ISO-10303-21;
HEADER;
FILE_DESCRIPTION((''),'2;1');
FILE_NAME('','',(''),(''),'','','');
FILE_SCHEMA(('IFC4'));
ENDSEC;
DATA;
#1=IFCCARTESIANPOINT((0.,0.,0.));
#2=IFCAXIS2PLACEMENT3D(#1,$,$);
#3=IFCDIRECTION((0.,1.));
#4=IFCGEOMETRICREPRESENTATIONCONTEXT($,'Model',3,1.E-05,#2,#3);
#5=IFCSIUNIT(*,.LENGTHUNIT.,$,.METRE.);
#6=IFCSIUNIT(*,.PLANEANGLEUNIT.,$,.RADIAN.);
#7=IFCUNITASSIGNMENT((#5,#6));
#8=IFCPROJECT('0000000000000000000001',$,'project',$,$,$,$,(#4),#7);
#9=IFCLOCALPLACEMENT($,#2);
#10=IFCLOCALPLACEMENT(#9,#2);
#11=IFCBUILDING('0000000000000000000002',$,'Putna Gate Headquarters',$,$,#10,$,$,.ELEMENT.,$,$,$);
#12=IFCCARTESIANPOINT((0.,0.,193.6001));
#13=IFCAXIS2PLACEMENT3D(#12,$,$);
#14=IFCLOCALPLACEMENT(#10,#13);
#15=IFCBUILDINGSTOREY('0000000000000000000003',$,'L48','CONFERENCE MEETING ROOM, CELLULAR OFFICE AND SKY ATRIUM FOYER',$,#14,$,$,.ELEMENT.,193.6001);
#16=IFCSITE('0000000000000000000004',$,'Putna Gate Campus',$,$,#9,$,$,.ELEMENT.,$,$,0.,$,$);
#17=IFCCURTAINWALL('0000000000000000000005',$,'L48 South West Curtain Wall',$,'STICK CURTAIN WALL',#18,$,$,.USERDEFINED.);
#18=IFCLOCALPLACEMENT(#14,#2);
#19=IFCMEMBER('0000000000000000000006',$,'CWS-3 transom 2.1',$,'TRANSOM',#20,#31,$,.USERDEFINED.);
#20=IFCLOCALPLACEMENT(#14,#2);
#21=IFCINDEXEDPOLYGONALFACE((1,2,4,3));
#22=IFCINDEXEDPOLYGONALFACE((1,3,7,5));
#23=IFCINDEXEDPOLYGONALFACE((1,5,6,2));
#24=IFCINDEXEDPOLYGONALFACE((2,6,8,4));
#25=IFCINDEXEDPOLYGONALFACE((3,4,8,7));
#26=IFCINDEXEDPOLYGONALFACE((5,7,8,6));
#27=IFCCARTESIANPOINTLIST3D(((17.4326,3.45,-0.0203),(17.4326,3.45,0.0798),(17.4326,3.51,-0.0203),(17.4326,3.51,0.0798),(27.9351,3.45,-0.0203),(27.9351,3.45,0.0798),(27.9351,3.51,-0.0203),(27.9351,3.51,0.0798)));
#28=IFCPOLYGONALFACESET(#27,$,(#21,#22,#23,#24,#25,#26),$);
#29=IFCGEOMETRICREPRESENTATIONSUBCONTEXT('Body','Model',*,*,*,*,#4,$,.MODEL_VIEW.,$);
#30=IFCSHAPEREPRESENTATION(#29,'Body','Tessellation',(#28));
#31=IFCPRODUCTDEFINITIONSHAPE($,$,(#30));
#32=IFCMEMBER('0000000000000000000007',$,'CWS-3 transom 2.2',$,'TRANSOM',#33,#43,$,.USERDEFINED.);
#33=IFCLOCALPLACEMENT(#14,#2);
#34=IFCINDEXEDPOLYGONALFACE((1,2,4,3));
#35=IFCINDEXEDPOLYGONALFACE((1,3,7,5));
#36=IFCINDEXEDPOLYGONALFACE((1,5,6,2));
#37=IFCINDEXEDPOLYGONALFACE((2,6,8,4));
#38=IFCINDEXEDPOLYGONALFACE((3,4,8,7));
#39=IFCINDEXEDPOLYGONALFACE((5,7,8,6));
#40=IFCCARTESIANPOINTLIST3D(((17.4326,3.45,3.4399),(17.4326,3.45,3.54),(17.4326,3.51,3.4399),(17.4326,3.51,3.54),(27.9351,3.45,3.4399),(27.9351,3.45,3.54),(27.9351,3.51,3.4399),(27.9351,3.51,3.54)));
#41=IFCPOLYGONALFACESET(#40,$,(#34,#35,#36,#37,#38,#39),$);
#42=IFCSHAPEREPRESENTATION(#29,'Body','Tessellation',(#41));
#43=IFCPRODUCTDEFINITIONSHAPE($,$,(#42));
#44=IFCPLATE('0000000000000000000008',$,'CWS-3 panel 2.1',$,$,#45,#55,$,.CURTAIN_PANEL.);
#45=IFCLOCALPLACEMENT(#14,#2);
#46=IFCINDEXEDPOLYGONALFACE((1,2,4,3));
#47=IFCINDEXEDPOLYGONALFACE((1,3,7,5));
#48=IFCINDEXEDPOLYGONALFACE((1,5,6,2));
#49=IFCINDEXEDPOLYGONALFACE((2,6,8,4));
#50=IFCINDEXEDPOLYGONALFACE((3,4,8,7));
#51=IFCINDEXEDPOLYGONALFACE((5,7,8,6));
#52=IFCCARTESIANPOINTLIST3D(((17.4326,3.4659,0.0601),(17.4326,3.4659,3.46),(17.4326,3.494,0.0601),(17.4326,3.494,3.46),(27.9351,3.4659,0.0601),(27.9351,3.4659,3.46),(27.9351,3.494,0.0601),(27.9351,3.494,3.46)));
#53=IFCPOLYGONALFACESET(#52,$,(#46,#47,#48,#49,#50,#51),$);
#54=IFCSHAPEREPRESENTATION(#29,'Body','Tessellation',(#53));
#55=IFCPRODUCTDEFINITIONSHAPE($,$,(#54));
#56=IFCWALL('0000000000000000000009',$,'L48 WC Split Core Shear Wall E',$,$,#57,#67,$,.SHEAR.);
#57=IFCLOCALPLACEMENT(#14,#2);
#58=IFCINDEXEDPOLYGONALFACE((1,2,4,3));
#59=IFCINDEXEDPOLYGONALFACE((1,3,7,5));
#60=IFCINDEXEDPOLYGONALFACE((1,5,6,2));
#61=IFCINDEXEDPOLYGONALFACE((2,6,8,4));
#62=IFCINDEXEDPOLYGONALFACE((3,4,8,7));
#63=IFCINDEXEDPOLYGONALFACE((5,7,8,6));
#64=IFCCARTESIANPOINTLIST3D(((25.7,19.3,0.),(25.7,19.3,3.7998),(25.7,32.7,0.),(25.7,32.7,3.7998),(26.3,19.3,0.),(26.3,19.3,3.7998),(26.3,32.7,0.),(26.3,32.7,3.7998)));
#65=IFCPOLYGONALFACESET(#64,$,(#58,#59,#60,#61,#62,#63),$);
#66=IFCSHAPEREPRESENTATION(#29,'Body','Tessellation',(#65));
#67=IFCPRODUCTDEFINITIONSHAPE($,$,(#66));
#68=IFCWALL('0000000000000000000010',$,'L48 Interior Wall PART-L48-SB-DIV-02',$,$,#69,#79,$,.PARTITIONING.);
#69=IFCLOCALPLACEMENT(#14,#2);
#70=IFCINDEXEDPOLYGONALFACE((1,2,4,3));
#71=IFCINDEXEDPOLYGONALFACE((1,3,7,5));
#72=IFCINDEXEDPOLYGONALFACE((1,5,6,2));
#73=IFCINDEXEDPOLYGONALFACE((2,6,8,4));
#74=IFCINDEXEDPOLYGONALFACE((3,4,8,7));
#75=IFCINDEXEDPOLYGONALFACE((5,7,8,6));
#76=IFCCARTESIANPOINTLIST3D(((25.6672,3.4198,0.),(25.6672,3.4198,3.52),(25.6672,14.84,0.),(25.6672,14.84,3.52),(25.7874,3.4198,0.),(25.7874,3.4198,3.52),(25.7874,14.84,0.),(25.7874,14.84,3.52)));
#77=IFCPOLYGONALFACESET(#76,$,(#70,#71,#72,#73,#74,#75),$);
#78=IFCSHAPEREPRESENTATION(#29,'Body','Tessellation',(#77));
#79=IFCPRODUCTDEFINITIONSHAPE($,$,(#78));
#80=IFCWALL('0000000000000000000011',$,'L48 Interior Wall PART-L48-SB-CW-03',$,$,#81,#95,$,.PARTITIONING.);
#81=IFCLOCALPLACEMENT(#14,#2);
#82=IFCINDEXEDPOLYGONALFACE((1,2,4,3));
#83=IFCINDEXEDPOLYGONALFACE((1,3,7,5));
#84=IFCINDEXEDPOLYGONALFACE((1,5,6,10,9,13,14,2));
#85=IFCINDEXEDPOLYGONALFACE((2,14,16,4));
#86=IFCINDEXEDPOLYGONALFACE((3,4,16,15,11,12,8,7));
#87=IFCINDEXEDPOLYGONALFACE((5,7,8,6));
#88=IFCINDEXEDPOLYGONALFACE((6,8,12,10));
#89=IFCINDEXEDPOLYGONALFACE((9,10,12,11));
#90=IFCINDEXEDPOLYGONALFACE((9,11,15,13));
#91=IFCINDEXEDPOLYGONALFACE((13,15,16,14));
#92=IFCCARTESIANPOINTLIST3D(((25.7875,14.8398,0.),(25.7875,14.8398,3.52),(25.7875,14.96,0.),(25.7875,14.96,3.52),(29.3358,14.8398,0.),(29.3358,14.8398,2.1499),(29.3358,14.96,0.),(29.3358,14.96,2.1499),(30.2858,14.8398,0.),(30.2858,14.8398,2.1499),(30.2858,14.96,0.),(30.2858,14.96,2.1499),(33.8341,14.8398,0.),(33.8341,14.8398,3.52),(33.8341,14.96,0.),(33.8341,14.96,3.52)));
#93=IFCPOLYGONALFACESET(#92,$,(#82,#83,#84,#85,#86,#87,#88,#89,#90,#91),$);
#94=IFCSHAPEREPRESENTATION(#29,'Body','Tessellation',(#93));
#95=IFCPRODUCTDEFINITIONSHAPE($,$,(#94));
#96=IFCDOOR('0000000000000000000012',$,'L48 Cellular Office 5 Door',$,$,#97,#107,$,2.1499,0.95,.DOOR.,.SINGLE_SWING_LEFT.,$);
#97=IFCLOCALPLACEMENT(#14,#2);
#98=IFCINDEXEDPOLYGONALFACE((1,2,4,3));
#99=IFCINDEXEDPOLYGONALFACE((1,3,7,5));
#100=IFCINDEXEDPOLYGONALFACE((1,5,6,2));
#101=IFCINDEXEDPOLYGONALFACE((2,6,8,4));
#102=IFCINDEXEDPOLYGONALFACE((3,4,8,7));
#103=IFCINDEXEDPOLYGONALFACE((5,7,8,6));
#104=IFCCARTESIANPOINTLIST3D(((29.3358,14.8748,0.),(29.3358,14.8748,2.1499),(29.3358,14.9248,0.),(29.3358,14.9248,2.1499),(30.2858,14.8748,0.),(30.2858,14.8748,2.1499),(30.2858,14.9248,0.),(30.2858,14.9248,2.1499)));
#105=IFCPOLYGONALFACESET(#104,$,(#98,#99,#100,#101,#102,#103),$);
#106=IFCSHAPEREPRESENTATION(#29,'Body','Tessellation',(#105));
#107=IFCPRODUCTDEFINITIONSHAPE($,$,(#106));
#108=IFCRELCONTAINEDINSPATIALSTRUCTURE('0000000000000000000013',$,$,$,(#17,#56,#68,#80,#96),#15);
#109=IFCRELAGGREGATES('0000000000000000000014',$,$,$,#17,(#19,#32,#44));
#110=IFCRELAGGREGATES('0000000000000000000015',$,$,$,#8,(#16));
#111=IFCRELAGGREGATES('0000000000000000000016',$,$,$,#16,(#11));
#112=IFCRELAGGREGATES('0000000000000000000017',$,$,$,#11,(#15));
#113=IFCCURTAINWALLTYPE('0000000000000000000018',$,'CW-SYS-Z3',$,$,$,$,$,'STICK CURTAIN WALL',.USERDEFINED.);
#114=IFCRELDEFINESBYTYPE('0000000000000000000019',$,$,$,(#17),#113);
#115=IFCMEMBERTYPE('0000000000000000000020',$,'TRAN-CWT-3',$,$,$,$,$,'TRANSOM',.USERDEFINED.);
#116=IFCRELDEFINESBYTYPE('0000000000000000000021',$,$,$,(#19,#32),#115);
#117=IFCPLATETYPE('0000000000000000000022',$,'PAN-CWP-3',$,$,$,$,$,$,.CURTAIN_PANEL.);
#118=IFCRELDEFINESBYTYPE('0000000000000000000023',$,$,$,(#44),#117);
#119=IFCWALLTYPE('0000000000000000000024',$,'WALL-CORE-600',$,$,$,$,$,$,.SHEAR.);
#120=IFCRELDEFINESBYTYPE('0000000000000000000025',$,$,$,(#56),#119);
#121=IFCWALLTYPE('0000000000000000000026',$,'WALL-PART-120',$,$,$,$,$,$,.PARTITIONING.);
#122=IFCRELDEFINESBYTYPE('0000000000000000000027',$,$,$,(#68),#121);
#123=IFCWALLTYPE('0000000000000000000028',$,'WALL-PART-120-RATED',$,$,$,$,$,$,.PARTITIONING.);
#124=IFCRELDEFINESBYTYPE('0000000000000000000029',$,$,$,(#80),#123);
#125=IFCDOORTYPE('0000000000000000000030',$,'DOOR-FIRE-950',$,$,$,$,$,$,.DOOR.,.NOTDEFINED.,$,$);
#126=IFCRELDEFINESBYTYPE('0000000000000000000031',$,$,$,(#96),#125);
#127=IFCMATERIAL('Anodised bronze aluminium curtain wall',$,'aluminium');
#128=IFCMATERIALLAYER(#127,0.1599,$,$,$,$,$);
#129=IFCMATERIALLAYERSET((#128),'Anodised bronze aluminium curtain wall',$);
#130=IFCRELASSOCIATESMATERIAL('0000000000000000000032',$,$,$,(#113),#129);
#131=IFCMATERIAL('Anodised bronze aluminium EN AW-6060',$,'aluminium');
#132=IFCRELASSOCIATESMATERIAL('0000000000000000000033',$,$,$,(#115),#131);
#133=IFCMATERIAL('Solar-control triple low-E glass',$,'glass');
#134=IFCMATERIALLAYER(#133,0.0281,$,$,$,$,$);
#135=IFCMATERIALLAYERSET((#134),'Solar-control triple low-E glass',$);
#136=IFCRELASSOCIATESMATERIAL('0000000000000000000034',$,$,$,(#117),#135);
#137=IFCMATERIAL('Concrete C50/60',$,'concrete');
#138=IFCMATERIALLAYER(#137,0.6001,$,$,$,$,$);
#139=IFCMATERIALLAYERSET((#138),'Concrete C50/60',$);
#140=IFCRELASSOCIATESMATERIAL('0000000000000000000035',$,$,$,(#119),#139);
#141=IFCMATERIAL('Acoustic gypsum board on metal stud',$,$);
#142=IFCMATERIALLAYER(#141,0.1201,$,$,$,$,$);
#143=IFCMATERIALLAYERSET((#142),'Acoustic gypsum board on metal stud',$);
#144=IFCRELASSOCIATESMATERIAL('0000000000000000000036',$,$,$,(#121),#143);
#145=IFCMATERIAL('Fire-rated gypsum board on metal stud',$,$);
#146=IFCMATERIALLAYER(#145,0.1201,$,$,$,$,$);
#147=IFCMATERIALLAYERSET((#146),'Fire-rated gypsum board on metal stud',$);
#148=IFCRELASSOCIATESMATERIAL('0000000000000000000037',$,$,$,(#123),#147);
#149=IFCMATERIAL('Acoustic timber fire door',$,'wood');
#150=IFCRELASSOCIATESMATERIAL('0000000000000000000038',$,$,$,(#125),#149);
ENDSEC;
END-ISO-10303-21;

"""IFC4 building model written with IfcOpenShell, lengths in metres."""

from ifc_helpers import new_model, si_unit, direction, frame, frame_2d, origin, origin_2d, place, context, subcontext, project, spatial, rectangle, extrude, material, layer, layer_set, material_profile, profile_set, type_object, element, fill, aggregate, save


model = new_model("IFC4")

# Units and contexts
model_context = context("Model", 3, precision=1e-05, world=origin(), true_north=direction((0.0, 1.0)))
body_context = subcontext(model_context, "Body", "Model", "MODEL_VIEW")
ifc_project = project(units=[si_unit("LENGTHUNIT", "METRE"), si_unit("PLANEANGLEUNIT", "RADIAN")], contexts=[model_context])

# Site, building, storey
site_placement = place(None, origin())
site = spatial("IfcSite", under=ifc_project, at=site_placement, Name="Putna Gate Campus", CompositionType="ELEMENT", RefElevation=0.0)
building_placement = place(site_placement, origin())
building = spatial("IfcBuilding", under=site, at=building_placement, Name="Putna Gate Headquarters", CompositionType="ELEMENT")
storey_placement = place(building_placement, frame((0.0, 0.0, 193.6001)))
storey = spatial("IfcBuildingStorey", under=building, at=storey_placement, Name="L48", Description="CONFERENCE MEETING ROOM, CELLULAR OFFICE AND SKY ATRIUM FOYER", CompositionType="ELEMENT", Elevation=193.6001)

# Shared definitions
ifc_material_1 = material(Name="Concrete C50/60", Category="concrete")

# Curtain wall, members, plate
ifc_material_2 = material(Name="Anodised bronze aluminium curtain wall", Category="aluminium")
ifc_layer_1 = layer(ifc_material_2, 0.1599)
ifc_layer_set_1 = layer_set([ifc_layer_1], Name="Anodised bronze aluminium curtain wall")
curtain_wall_type = type_object("IfcCurtainWallType", Name="CW-SYS-Z3", ElementType="STICK CURTAIN WALL", PredefinedType="USERDEFINED", material=ifc_layer_set_1)
curtain_wall_placement = place(storey_placement, origin())
curtain_wall = element("IfcCurtainWall", 1, at=curtain_wall_placement, inside=storey, type_object=curtain_wall_type, Name="L48 South West Curtain Wall", ObjectType="STICK CURTAIN WALL", PredefinedType="USERDEFINED")
ifc_material_3 = material(Name="Anodised bronze aluminium EN AW-6060", Category="aluminium")
ifc_material_profile_1 = material_profile(ifc_material_3, rectangle(XDim=0.0601, YDim=0.1001, at=origin_2d()), Name="Anodised bronze aluminium EN AW-6060")
ifc_profile_set_1 = profile_set([ifc_material_profile_1], Name="Anodised bronze aluminium EN AW-6060")
member_type_1 = type_object("IfcMemberType", Name="TRAN-CWT-3", ElementType="TRANSOM", PredefinedType="USERDEFINED", material=ifc_profile_set_1)
member_1_placement = place(storey_placement, frame((17.4326, 3.48, 0.0298), z_axis=(1.0, 0.0, 0.0), x_axis=(0.0, 1.0, 0.0)))
member_1 = element("IfcMember", 2, at=member_1_placement, type_object=member_type_1, Name="CWS-3 transom 2.1", ObjectType="TRANSOM", PredefinedType="USERDEFINED", context=body_context, shape_type="SweptSolid", body=[
    extrude(rectangle(XDim=0.0601, YDim=0.1001, at=origin_2d()), origin(), (0.0, 0.0, 1.0), 10.5024),
])
member_2_placement = place(storey_placement, frame((17.4326, 3.48, 3.49), z_axis=(1.0, 0.0, 0.0), x_axis=(0.0, 1.0, 0.0)))
member_2 = element("IfcMember", 3, at=member_2_placement, type_object=member_type_1, Name="CWS-3 transom 2.2", ObjectType="TRANSOM", PredefinedType="USERDEFINED", context=body_context, shape_type="SweptSolid", body=[
    extrude(rectangle(XDim=0.0601, YDim=0.1001, at=origin_2d()), origin(), (0.0, 0.0, 1.0), 10.5024),
])
ifc_material_4 = material(Name="Solar-control triple low-E glass", Category="glass")
ifc_layer_2 = layer(ifc_material_4, 0.0281)
ifc_layer_set_2 = layer_set([ifc_layer_2], Name="Solar-control triple low-E glass")
plate_type = type_object("IfcPlateType", Name="PAN-CWP-3", PredefinedType="CURTAIN_PANEL", material=ifc_layer_set_2)
plate_placement = place(storey_placement, frame((22.6838, 3.48, 0.0601), z_axis=(0.0, 0.0, 1.0), x_axis=(1.0, 0.0, 0.0)))
plate = element("IfcPlate", 4, at=plate_placement, type_object=plate_type, Name="CWS-3 panel 2.1", PredefinedType="CURTAIN_PANEL", context=body_context, shape_type="SweptSolid", body=[
    extrude(rectangle(XDim=10.5024, YDim=0.0281, at=origin_2d()), origin(), (0.0, 0.0, 1.0), 3.3999),
])
aggregate(curtain_wall, [member_1, member_2, plate])

# Walls
ifc_layer_3 = layer(ifc_material_1, 0.6001)
ifc_layer_set_3 = layer_set([ifc_layer_3], Name="Concrete C50/60")
wall_type_1 = type_object("IfcWallType", Name="WALL-CORE-600", PredefinedType="SHEAR", material=ifc_layer_set_3)
wall_1_placement = place(storey_placement, frame((26.0, 19.3, 0.0), z_axis=(0.0, 0.0, 1.0), x_axis=(0.0, 1.0, 0.0)))
element("IfcWall", 5, at=wall_1_placement, inside=storey, type_object=wall_type_1, Name="L48 WC Split Core Shear Wall E", PredefinedType="SHEAR", context=body_context, shape_type="SweptSolid", body=[
    extrude(rectangle(XDim=13.3999, YDim=0.6001, at=frame_2d((6.7, 0.0))), origin(), (0.0, 0.0, 1.0), 3.7998),
])
ifc_material_5 = material(Name="Acoustic gypsum board on metal stud")
ifc_layer_4 = layer(ifc_material_5, 0.1201)
ifc_layer_set_4 = layer_set([ifc_layer_4], Name="Acoustic gypsum board on metal stud")
wall_type_2 = type_object("IfcWallType", Name="WALL-PART-120", PredefinedType="PARTITIONING", material=ifc_layer_set_4)
wall_2_placement = place(storey_placement, frame((25.7273, 3.4199, 0.0), z_axis=(0.0, 0.0, 1.0), x_axis=(0.0, 1.0, 0.0)))
element("IfcWall", 6, at=wall_2_placement, inside=storey, type_object=wall_type_2, Name="L48 Interior Wall PART-L48-SB-DIV-02", PredefinedType="PARTITIONING", context=body_context, shape_type="SweptSolid", body=[
    extrude(rectangle(XDim=11.4202, YDim=0.1201, at=frame_2d((5.71, 0.0))), origin(), (0.0, 0.0, 1.0), 3.52),
])

# Wall, opening, door
ifc_material_6 = material(Name="Fire-rated gypsum board on metal stud")
ifc_layer_5 = layer(ifc_material_6, 0.1201)
ifc_layer_set_5 = layer_set([ifc_layer_5], Name="Fire-rated gypsum board on metal stud")
wall_type_3 = type_object("IfcWallType", Name="WALL-PART-120-RATED", PredefinedType="PARTITIONING", material=ifc_layer_set_5)
wall_3_placement = place(storey_placement, frame((25.7874, 14.8999, 0.0), z_axis=(0.0, 0.0, 1.0), x_axis=(1.0, 0.0, 0.0)))
wall_3 = element("IfcWall", 7, at=wall_3_placement, inside=storey, type_object=wall_type_3, Name="L48 Interior Wall PART-L48-SB-CW-03", PredefinedType="PARTITIONING", context=body_context, shape_type="SweptSolid", body=[
    extrude(rectangle(XDim=8.0466, YDim=0.1201, at=frame_2d((4.0234, 0.0))), origin(), (0.0, 0.0, 1.0), 3.52),
])
opening_1_placement = place(wall_3_placement, frame((3.5483, 0.0, 0.0)))
opening_1 = element("IfcOpeningElement", 8, at=opening_1_placement, cuts=wall_3, PredefinedType="OPENING", context=body_context, shape_type="SweptSolid", body=[
    extrude(rectangle(XDim=0.95, YDim=2.1499, at=frame_2d((0.4751, 1.075))), frame((0.0, 0.0701, 0.0), z_axis=(0.0, -1.0, 0.0), x_axis=(1.0, 0.0, 0.0)), (0.0, 0.0, 1.0), 0.1401),
])
ifc_material_7 = material(Name="Acoustic timber fire door", Category="wood")
door_type_1 = type_object("IfcDoorType", Name="DOOR-FIRE-950", OperationType="NOTDEFINED", PredefinedType="DOOR", material=ifc_material_7)
door_1_placement = place(opening_1_placement, origin())
door_1 = element("IfcDoor", 9, at=door_1_placement, inside=storey, type_object=door_type_1, Name="L48 Cellular Office 5 Door", OperationType="SINGLE_SWING_LEFT", OverallHeight=2.1499, OverallWidth=0.95, PredefinedType="DOOR", context=body_context, shape_type="SweptSolid", body=[
    extrude(rectangle(XDim=0.95, YDim=2.1499, at=frame_2d((0.4751, 1.075))), frame((0.0, 0.0249, 0.0), z_axis=(0.0, -1.0, 0.0), x_axis=(1.0, 0.0, 0.0)), (0.0, 0.0, 1.0), 0.05),
])
fill(opening_1, door_1)

save(model, "model.ifc")
